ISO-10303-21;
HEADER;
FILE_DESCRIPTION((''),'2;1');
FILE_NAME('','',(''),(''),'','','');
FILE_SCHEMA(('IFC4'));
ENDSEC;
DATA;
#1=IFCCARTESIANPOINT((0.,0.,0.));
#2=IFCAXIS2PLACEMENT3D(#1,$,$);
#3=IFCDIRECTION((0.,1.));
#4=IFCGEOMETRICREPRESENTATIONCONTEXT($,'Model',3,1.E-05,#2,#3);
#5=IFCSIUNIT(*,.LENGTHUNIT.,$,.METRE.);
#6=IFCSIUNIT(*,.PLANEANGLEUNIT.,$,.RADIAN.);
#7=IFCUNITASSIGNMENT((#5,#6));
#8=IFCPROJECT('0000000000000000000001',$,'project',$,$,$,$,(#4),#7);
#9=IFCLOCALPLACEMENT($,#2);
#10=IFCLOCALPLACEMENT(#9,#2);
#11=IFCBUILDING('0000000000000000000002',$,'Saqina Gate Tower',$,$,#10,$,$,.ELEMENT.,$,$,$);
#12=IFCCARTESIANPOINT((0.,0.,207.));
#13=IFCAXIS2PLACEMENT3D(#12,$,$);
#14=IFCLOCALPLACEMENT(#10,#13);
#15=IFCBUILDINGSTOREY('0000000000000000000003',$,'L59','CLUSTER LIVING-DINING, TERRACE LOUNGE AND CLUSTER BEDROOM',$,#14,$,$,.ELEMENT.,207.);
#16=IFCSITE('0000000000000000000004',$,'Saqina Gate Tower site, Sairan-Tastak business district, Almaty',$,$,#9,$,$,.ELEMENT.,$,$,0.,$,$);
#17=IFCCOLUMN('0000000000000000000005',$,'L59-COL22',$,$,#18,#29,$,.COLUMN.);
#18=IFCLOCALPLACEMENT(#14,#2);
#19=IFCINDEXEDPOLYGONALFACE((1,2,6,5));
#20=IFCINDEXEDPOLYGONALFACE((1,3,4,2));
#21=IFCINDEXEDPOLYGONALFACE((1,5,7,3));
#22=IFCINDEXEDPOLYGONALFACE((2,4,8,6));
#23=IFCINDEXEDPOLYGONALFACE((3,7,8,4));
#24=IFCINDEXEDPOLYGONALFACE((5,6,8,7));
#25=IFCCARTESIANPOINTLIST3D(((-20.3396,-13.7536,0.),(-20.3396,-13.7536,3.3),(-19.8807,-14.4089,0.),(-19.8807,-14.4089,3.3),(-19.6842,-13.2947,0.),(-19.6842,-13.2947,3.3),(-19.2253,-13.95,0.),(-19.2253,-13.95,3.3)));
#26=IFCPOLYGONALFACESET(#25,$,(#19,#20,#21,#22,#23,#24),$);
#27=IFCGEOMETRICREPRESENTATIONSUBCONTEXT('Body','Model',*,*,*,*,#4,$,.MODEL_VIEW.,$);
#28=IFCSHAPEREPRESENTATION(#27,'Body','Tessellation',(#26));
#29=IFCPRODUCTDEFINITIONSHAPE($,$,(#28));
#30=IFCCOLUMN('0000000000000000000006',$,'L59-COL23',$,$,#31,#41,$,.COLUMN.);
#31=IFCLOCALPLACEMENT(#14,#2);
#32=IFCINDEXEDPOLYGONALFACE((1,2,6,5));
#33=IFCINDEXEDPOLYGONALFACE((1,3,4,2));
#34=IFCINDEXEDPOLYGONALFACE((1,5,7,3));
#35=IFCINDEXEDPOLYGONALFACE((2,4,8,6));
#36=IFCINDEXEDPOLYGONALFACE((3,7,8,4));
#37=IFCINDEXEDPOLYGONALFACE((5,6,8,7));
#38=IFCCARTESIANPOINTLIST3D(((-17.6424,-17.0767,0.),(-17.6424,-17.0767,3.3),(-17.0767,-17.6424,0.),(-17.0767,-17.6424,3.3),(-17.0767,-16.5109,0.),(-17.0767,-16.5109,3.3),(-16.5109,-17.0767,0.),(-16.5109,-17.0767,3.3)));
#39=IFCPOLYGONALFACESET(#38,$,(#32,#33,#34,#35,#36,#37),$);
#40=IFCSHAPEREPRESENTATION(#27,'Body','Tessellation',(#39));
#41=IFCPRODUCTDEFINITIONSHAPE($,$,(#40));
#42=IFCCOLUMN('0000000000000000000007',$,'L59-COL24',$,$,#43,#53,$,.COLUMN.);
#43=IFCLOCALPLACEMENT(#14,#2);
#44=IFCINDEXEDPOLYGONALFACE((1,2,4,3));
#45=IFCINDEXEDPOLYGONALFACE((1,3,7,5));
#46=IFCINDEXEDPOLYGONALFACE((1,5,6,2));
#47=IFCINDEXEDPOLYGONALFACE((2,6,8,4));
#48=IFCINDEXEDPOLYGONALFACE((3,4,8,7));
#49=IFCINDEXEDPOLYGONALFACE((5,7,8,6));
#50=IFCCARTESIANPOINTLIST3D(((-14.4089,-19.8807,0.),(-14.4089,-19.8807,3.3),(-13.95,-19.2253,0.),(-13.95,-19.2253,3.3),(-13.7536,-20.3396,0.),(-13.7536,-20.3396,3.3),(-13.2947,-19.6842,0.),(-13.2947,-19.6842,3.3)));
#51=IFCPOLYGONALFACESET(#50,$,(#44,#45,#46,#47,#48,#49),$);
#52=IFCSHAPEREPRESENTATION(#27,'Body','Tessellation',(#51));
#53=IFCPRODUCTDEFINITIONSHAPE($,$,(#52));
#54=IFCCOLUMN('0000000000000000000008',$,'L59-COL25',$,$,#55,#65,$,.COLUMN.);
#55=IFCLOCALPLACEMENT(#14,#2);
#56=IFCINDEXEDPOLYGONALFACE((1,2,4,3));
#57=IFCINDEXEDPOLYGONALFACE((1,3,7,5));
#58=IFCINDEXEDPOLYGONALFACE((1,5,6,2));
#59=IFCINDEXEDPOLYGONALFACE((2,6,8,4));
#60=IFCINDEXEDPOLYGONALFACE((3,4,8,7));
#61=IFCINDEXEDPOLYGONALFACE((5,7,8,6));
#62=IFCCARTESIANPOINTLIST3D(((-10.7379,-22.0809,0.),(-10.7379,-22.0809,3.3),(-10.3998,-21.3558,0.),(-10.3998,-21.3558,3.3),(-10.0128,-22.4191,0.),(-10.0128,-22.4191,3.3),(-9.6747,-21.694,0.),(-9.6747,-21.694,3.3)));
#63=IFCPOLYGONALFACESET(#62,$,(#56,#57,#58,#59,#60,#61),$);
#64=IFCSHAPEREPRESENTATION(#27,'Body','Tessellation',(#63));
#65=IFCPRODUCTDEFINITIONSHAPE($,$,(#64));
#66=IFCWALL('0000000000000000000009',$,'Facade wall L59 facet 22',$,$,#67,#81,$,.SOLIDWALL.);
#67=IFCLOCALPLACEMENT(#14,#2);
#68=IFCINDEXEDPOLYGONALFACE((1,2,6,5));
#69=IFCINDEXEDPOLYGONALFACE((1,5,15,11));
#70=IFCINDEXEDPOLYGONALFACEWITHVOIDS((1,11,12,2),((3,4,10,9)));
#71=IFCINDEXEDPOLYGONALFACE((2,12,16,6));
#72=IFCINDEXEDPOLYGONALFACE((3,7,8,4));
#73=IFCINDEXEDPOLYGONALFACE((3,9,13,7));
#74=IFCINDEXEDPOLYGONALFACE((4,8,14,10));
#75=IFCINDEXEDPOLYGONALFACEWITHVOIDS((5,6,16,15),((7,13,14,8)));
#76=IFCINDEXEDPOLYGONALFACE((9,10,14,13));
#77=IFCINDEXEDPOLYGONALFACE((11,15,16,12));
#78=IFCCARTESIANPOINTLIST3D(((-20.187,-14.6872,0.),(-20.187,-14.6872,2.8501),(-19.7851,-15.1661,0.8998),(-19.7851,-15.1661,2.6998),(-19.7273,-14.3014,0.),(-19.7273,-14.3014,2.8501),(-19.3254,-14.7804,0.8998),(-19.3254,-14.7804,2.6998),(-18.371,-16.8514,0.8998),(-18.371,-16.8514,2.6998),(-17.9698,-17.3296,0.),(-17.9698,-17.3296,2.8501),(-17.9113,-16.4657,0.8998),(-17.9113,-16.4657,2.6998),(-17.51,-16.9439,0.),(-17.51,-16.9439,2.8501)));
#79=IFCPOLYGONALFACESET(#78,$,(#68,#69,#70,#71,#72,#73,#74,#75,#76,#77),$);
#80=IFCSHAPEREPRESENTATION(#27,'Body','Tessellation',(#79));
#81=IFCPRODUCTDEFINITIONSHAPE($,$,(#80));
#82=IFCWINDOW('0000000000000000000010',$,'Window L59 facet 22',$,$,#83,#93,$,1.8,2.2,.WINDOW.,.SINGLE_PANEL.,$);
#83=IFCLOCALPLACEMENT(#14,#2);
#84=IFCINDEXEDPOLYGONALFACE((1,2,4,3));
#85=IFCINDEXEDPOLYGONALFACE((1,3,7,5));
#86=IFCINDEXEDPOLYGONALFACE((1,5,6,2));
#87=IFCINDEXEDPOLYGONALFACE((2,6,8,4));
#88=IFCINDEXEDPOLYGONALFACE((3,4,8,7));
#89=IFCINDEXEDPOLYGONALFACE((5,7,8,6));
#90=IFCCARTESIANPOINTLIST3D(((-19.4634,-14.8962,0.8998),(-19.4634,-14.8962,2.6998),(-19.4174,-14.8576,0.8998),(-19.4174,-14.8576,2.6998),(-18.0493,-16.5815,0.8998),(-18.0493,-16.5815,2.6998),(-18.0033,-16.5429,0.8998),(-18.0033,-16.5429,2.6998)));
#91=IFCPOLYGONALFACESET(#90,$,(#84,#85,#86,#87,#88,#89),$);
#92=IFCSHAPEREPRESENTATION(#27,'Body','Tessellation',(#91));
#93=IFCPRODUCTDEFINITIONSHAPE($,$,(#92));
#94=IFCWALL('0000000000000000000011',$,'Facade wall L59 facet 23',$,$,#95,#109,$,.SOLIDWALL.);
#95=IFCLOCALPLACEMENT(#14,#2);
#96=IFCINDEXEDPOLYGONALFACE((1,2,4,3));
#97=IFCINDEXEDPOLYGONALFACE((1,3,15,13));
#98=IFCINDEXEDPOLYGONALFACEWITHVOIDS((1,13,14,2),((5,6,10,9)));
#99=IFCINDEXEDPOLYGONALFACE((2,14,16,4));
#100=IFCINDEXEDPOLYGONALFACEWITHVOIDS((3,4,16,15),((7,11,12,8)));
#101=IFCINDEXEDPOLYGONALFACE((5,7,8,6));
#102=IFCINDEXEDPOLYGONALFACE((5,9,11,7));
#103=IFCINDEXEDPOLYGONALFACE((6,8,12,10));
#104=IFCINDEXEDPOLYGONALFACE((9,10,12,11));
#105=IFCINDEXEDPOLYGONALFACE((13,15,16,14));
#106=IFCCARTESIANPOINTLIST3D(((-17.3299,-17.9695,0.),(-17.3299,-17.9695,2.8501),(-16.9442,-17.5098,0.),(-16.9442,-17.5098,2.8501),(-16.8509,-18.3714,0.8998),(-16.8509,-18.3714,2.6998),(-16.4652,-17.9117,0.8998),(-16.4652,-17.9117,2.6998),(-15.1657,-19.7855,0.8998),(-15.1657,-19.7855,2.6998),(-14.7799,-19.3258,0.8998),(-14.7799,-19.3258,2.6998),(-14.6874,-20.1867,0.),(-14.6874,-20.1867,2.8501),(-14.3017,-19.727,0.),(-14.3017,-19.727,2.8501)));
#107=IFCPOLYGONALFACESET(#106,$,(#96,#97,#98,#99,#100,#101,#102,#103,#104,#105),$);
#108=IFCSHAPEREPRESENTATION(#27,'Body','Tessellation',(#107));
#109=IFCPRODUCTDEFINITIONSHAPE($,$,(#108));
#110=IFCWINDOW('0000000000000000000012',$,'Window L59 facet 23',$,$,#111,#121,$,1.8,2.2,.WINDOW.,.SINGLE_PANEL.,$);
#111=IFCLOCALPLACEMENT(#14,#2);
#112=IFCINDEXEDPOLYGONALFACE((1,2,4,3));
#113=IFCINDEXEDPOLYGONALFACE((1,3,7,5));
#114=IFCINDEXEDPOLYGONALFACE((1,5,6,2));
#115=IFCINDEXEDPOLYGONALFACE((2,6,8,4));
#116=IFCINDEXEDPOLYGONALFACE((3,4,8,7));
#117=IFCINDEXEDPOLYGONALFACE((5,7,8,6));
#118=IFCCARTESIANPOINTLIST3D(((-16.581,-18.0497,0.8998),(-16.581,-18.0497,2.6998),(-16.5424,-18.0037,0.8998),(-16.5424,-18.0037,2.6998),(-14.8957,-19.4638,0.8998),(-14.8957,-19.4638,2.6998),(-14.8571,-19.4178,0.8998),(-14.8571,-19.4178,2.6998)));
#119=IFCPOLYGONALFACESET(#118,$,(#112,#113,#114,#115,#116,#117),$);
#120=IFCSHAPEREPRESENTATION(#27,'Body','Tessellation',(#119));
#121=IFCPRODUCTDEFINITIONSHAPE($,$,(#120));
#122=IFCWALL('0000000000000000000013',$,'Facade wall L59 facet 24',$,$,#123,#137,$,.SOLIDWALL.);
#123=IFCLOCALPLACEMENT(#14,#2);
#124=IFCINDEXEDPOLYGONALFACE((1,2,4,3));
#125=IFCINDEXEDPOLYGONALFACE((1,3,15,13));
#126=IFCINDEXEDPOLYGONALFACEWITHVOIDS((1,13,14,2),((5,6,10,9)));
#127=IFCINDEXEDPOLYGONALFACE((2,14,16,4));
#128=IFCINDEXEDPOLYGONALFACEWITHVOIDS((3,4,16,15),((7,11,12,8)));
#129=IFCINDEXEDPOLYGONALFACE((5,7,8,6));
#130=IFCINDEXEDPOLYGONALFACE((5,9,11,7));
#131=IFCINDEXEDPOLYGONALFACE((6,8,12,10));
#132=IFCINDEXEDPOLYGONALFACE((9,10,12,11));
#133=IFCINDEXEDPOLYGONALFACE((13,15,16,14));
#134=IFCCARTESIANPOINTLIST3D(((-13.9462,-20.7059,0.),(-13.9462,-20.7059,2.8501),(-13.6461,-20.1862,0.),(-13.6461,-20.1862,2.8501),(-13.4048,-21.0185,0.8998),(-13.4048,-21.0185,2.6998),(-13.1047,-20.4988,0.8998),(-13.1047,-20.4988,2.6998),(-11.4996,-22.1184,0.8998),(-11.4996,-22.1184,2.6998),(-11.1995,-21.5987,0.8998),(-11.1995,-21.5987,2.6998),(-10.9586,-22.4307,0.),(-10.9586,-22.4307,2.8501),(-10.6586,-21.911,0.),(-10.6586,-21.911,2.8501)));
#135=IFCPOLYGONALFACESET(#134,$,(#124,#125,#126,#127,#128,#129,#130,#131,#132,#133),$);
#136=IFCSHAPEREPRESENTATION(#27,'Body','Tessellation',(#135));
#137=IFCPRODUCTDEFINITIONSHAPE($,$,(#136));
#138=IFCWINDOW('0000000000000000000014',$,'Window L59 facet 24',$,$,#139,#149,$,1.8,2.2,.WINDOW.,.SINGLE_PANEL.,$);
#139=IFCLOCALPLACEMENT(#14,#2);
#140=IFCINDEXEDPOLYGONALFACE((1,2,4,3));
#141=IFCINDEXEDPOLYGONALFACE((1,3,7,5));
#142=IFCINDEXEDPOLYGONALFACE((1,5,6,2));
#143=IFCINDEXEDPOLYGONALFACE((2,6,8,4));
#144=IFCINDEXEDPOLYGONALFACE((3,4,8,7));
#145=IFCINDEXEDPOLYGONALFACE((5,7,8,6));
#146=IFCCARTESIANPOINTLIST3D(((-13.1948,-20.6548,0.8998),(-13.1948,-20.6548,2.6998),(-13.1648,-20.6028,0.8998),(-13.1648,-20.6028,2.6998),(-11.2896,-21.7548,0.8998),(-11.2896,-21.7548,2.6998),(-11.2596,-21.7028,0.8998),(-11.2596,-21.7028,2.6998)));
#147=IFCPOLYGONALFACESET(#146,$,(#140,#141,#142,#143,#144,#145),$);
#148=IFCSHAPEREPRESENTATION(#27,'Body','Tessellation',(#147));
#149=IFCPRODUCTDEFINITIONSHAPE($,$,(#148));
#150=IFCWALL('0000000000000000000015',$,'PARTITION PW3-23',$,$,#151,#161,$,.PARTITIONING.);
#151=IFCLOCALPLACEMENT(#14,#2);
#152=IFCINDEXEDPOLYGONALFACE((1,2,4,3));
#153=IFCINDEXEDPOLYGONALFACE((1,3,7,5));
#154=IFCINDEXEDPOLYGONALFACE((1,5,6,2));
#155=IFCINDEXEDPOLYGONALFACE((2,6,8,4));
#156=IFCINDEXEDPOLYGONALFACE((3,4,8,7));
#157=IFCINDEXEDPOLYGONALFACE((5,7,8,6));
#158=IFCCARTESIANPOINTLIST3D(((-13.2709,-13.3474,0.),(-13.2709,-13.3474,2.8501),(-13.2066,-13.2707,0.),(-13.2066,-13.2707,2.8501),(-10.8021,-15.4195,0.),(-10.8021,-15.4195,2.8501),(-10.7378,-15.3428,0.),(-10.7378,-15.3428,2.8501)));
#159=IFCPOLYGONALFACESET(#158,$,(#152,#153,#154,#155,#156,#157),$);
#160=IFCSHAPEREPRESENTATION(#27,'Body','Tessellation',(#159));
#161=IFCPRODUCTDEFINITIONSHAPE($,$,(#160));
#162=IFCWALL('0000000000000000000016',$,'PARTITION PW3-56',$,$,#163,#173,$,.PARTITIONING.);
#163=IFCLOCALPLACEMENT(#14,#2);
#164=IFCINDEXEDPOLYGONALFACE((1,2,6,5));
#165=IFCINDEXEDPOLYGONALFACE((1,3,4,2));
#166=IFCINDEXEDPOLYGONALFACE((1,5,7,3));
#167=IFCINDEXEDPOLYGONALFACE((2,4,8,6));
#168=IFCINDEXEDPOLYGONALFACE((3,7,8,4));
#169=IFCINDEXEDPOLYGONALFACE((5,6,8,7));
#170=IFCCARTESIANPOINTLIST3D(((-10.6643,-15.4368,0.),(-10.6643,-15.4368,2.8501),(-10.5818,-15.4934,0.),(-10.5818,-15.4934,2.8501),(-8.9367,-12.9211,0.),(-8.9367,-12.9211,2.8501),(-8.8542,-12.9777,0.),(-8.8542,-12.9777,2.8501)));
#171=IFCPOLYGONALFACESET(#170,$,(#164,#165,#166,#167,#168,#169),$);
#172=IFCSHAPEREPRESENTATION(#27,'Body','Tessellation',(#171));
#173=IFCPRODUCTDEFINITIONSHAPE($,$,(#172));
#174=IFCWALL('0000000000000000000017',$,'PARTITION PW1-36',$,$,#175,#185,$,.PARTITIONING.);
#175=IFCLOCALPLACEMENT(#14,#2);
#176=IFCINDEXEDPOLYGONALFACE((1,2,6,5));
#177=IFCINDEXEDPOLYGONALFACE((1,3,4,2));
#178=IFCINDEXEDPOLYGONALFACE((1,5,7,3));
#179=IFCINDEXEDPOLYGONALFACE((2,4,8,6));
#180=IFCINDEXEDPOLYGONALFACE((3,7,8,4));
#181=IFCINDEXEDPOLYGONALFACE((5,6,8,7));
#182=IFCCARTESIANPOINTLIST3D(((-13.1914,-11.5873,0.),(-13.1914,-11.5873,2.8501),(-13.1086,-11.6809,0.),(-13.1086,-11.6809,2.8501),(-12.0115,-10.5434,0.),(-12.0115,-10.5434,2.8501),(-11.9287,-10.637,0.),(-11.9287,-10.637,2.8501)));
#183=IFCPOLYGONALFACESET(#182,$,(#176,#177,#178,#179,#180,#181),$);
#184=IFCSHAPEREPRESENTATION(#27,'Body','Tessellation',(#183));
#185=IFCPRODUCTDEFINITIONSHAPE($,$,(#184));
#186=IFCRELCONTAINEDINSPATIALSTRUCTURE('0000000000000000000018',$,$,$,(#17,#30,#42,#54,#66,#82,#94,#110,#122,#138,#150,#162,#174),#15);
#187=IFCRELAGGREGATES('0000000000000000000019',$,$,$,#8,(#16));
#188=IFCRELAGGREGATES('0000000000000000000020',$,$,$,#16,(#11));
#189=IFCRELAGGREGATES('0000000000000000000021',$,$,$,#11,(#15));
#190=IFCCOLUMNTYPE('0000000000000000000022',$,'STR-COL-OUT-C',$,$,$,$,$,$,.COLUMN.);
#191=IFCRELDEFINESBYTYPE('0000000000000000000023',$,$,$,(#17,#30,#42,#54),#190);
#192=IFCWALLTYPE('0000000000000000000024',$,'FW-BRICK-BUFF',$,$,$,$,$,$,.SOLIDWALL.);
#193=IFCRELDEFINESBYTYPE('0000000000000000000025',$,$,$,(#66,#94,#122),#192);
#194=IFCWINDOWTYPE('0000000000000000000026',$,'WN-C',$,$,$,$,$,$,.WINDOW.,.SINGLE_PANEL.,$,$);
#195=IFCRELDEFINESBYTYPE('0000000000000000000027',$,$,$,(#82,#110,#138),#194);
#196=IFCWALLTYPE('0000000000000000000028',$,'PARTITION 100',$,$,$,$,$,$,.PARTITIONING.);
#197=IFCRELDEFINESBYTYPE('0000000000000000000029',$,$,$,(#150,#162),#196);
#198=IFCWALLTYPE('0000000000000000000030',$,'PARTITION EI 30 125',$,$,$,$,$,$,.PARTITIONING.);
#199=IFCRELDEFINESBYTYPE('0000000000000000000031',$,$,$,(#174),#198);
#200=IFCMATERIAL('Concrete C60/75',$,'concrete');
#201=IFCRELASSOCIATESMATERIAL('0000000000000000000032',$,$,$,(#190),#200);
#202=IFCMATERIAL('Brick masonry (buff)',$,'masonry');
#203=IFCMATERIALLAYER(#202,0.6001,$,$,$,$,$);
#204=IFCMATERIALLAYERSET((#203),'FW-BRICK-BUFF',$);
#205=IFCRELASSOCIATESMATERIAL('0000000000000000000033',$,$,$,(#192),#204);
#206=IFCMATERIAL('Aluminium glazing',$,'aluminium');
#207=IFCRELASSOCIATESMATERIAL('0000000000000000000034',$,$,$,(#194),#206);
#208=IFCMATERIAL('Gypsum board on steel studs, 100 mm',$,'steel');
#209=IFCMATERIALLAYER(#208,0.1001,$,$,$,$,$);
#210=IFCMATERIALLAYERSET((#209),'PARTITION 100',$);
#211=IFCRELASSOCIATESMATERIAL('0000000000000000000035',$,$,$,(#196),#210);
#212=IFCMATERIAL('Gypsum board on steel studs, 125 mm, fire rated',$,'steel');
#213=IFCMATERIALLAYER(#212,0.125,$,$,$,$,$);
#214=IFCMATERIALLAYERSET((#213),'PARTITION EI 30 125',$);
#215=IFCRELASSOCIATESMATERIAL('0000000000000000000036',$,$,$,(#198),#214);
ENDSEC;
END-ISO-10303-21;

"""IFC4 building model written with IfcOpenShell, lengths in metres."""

from ifc_helpers import new_model, si_unit, direction, frame, frame_2d, origin, origin_2d, place, context, subcontext, project, spatial, rectangle, extrude, material, layer, layer_set, material_profile, profile_set, type_object, element, fill, save


model = new_model("IFC4")

# Units and contexts
model_context = context("Model", 3, precision=1e-05, world=origin(), true_north=direction((0.0, 1.0)))
body_context = subcontext(model_context, "Body", "Model", "MODEL_VIEW")
ifc_project = project(units=[si_unit("LENGTHUNIT", "METRE"), si_unit("PLANEANGLEUNIT", "RADIAN")], contexts=[model_context])

# Site, building, storey
site_placement = place(None, origin())
site = spatial("IfcSite", under=ifc_project, at=site_placement, Name="Saqina Gate Tower site, Sairan-Tastak business district, Almaty", CompositionType="ELEMENT", RefElevation=0.0)
building_placement = place(site_placement, origin())
building = spatial("IfcBuilding", under=site, at=building_placement, Name="Saqina Gate Tower", CompositionType="ELEMENT")
storey_placement = place(building_placement, frame((0.0, 0.0, 207.0)))
storey = spatial("IfcBuildingStorey", under=building, at=storey_placement, Name="L59", Description="CLUSTER LIVING-DINING, TERRACE LOUNGE AND CLUSTER BEDROOM", CompositionType="ELEMENT", Elevation=207.0)

# Columns
ifc_material_1 = material(Name="Concrete C60/75", Category="concrete")
ifc_material_profile = material_profile(ifc_material_1, rectangle(XDim=0.8, YDim=0.8, at=origin_2d()), Name="RC 800x800")
ifc_profile_set = profile_set([ifc_material_profile], Name="Concrete C60/75")
column_type = type_object("IfcColumnType", Name="STR-COL-OUT-C", PredefinedType="COLUMN", material=ifc_profile_set)
for number, where, z_axis, x_axis, name in (
    (1, (-19.7825, -13.8518, 0.0), (0.0, 0.0, 1.0), (-0.819152, -0.573576, 0.0), "L59-COL22"),
    (2, (-17.0767, -17.0767, 0.0), (0.0, 0.0, 1.0), (-0.707107, -0.707107, 0.0), "L59-COL23"),
    (3, (-13.8518, -19.7825, 0.0), (0.0, 0.0, 1.0), (-0.573576, -0.819152, 0.0), "L59-COL24"),
    (4, (-10.2063, -21.8875, 0.0), (0.0, 0.0, 1.0), (-0.422618, -0.906308, 0.0), "L59-COL25"),
):
    element("IfcColumn", number, at=place(storey_placement, frame(where, z_axis=z_axis, x_axis=x_axis)), inside=storey, type_object=column_type, Name=name, PredefinedType="COLUMN", context=body_context, shape_type="SweptSolid", body=[
        extrude(rectangle(XDim=0.8, YDim=0.8, at=origin_2d()), origin(), (0.0, 0.0, 1.0), 3.3),
    ])

# Walls, openings, windows
ifc_material_2 = material(Name="Brick masonry (buff)", Category="masonry")
ifc_layer_1 = layer(ifc_material_2, 0.6001)
ifc_layer_set_1 = layer_set([ifc_layer_1], Name="FW-BRICK-BUFF")
wall_type_1 = type_object("IfcWallType", Name="FW-BRICK-BUFF", PredefinedType="SOLIDWALL", material=ifc_layer_set_1)
wall_1_placement = place(storey_placement, frame((-19.957, -14.4944, 0.0), z_axis=(0.0, 0.0, 1.0), x_axis=(0.64277, -0.766059, 0.0)))
wall_1 = element("IfcWall", 5, at=wall_1_placement, inside=storey, type_object=wall_type_1, Name="Facade wall L59 facet 22", PredefinedType="SOLIDWALL", context=body_context, shape_type="SweptSolid", body=[
    extrude(rectangle(XDim=3.4495, YDim=0.6001, at=frame_2d((1.7246, 0.0))), origin(), (0.0, 0.0, 1.0), 2.8501),
])
opening_1_placement = place(wall_1_placement, frame((0.625, 0.0, 0.8999)))
opening_1 = element("IfcOpeningElement", 6, at=opening_1_placement, cuts=wall_1, PredefinedType="OPENING", context=body_context, shape_type="SweptSolid", body=[
    extrude(rectangle(XDim=2.2, YDim=1.8, at=frame_2d((1.1001, 0.8999))), frame((0.0, 0.312, 0.0), z_axis=(0.0, -1.0, 0.0), x_axis=(1.0, 0.0, 0.0)), (0.0, 0.0, 1.0), 0.624),
])
ifc_material_3 = material(Name="Aluminium glazing", Category="aluminium")
window_type = type_object("IfcWindowType", Name="WN-C", PartitioningType="SINGLE_PANEL", PredefinedType="WINDOW", material=ifc_material_3)
window_1_placement = place(opening_1_placement, origin())
window_1 = element("IfcWindow", 7, at=window_1_placement, inside=storey, type_object=window_type, Name="Window L59 facet 22", OverallHeight=1.8, OverallWidth=2.2, PartitioningType="SINGLE_PANEL", PredefinedType="WINDOW", context=body_context, shape_type="SweptSolid", body=[
    extrude(rectangle(XDim=2.2, YDim=1.8, at=frame_2d((1.1001, 0.8999))), frame((0.0, 0.1799, 0.0), z_axis=(0.0, -1.0, 0.0), x_axis=(1.0, 0.0, 0.0)), (0.0, 0.0, 1.0), 0.0601),
])
fill(opening_1, window_1)
wall_2_placement = place(storey_placement, frame((-17.137, -17.7397, 0.0), z_axis=(0.0, 0.0, 1.0), x_axis=(0.766059, -0.64277, 0.0)))
wall_2 = element("IfcWall", 8, at=wall_2_placement, inside=storey, type_object=wall_type_1, Name="Facade wall L59 facet 23", PredefinedType="SOLIDWALL", context=body_context, shape_type="SweptSolid", body=[
    extrude(rectangle(XDim=3.4495, YDim=0.6001, at=frame_2d((1.7246, 0.0))), origin(), (0.0, 0.0, 1.0), 2.8501),
])
opening_2_placement = place(wall_2_placement, frame((0.625, 0.0, 0.8999)))
opening_2 = element("IfcOpeningElement", 9, at=opening_2_placement, cuts=wall_2, PredefinedType="OPENING", context=body_context, shape_type="SweptSolid", body=[
    extrude(rectangle(XDim=2.2, YDim=1.8, at=frame_2d((1.1001, 0.8999))), frame((0.0, 0.312, 0.0), z_axis=(0.0, -1.0, 0.0), x_axis=(1.0, 0.0, 0.0)), (0.0, 0.0, 1.0), 0.624),
])
window_2_placement = place(opening_2_placement, origin())
window_2 = element("IfcWindow", 10, at=window_2_placement, inside=storey, type_object=window_type, Name="Window L59 facet 23", OverallHeight=1.8, OverallWidth=2.2, PartitioningType="SINGLE_PANEL", PredefinedType="WINDOW", context=body_context, shape_type="SweptSolid", body=[
    extrude(rectangle(XDim=2.2, YDim=1.8, at=frame_2d((1.1001, 0.8999))), frame((0.0, 0.1799, 0.0), z_axis=(0.0, -1.0, 0.0), x_axis=(1.0, 0.0, 0.0)), (0.0, 0.0, 1.0), 0.0601),
])
fill(opening_2, window_2)
wall_3_placement = place(storey_placement, frame((-13.7961, -20.446, 0.0), z_axis=(0.0, 0.0, 1.0), x_axis=(0.866026, -0.499998, 0.0)))
wall_3 = element("IfcWall", 11, at=wall_3_placement, inside=storey, type_object=wall_type_1, Name="Facade wall L59 facet 24", PredefinedType="SOLIDWALL", context=body_context, shape_type="SweptSolid", body=[
    extrude(rectangle(XDim=3.4497, YDim=0.6001, at=frame_2d((1.7249, 0.0))), origin(), (0.0, 0.0, 1.0), 2.8501),
])
opening_3_placement = place(wall_3_placement, frame((0.625, 0.0, 0.8999)))
opening_3 = element("IfcOpeningElement", 12, at=opening_3_placement, cuts=wall_3, PredefinedType="OPENING", context=body_context, shape_type="SweptSolid", body=[
    extrude(rectangle(XDim=2.2, YDim=1.8, at=frame_2d((1.1001, 0.8999))), frame((0.0, 0.312, 0.0), z_axis=(0.0, -1.0, 0.0), x_axis=(1.0, 0.0, 0.0)), (0.0, 0.0, 1.0), 0.624),
])
window_3_placement = place(opening_3_placement, origin())
window_3 = element("IfcWindow", 13, at=window_3_placement, inside=storey, type_object=window_type, Name="Window L59 facet 24", OverallHeight=1.8, OverallWidth=2.2, PartitioningType="SINGLE_PANEL", PredefinedType="WINDOW", context=body_context, shape_type="SweptSolid", body=[
    extrude(rectangle(XDim=2.2, YDim=1.8, at=frame_2d((1.1001, 0.8999))), frame((0.0, 0.1799, 0.0), z_axis=(0.0, -1.0, 0.0), x_axis=(1.0, 0.0, 0.0)), (0.0, 0.0, 1.0), 0.0601),
])
fill(opening_3, window_3)

# Walls
ifc_material_4 = material(Name="Gypsum board on steel studs, 100 mm", Category="steel")
ifc_layer_2 = layer(ifc_material_4, 0.1001)
ifc_layer_set_2 = layer_set([ifc_layer_2], Name="PARTITION 100")
wall_type_2 = type_object("IfcWallType", Name="PARTITION 100", PredefinedType="PARTITIONING", material=ifc_layer_set_2)
wall_4_placement = place(storey_placement, frame((-13.2388, -13.3091, 0.0), z_axis=(0.0, 0.0, 1.0), x_axis=(0.765969, -0.642878, 0.0)))
element("IfcWall", 14, at=wall_4_placement, inside=storey, type_object=wall_type_2, Name="PARTITION PW3-23", PredefinedType="PARTITIONING", context=body_context, shape_type="SweptSolid", body=[
    extrude(rectangle(XDim=3.2231, YDim=0.1001, at=frame_2d((1.6116, 0.0))), origin(), (0.0, 0.0, 1.0), 2.8501),
])
wall_5_placement = place(storey_placement, frame((-10.623, -15.4651, 0.0), z_axis=(0.0, 0.0, 1.0), x_axis=(0.566094, 0.824341, 0.0)))
element("IfcWall", 15, at=wall_5_placement, inside=storey, type_object=wall_type_2, Name="PARTITION PW3-56", PredefinedType="PARTITIONING", context=body_context, shape_type="SweptSolid", body=[
    extrude(rectangle(XDim=3.0518, YDim=0.1001, at=frame_2d((1.5259, 0.0))), origin(), (0.0, 0.0, 1.0), 2.8501),
])
ifc_material_5 = material(Name="Gypsum board on steel studs, 125 mm, fire rated", Category="steel")
ifc_layer_3 = layer(ifc_material_5, 0.125)
ifc_layer_set_3 = layer_set([ifc_layer_3], Name="PARTITION EI 30 125")
wall_type_3 = type_object("IfcWallType", Name="PARTITION EI 30 125", PredefinedType="PARTITIONING", material=ifc_layer_set_3)
wall_6_placement = place(storey_placement, frame((-13.1499, -11.634, 0.0), z_axis=(0.0, 0.0, 1.0), x_axis=(0.748946, 0.662631, 0.0)))
element("IfcWall", 16, at=wall_6_placement, inside=storey, type_object=wall_type_3, Name="PARTITION PW1-36", PredefinedType="PARTITIONING", context=body_context, shape_type="SweptSolid", body=[
    extrude(rectangle(XDim=1.5754, YDim=0.125, at=frame_2d((0.7876, 0.0))), origin(), (0.0, 0.0, 1.0), 2.8501),
])

save(model, "model.ifc")
